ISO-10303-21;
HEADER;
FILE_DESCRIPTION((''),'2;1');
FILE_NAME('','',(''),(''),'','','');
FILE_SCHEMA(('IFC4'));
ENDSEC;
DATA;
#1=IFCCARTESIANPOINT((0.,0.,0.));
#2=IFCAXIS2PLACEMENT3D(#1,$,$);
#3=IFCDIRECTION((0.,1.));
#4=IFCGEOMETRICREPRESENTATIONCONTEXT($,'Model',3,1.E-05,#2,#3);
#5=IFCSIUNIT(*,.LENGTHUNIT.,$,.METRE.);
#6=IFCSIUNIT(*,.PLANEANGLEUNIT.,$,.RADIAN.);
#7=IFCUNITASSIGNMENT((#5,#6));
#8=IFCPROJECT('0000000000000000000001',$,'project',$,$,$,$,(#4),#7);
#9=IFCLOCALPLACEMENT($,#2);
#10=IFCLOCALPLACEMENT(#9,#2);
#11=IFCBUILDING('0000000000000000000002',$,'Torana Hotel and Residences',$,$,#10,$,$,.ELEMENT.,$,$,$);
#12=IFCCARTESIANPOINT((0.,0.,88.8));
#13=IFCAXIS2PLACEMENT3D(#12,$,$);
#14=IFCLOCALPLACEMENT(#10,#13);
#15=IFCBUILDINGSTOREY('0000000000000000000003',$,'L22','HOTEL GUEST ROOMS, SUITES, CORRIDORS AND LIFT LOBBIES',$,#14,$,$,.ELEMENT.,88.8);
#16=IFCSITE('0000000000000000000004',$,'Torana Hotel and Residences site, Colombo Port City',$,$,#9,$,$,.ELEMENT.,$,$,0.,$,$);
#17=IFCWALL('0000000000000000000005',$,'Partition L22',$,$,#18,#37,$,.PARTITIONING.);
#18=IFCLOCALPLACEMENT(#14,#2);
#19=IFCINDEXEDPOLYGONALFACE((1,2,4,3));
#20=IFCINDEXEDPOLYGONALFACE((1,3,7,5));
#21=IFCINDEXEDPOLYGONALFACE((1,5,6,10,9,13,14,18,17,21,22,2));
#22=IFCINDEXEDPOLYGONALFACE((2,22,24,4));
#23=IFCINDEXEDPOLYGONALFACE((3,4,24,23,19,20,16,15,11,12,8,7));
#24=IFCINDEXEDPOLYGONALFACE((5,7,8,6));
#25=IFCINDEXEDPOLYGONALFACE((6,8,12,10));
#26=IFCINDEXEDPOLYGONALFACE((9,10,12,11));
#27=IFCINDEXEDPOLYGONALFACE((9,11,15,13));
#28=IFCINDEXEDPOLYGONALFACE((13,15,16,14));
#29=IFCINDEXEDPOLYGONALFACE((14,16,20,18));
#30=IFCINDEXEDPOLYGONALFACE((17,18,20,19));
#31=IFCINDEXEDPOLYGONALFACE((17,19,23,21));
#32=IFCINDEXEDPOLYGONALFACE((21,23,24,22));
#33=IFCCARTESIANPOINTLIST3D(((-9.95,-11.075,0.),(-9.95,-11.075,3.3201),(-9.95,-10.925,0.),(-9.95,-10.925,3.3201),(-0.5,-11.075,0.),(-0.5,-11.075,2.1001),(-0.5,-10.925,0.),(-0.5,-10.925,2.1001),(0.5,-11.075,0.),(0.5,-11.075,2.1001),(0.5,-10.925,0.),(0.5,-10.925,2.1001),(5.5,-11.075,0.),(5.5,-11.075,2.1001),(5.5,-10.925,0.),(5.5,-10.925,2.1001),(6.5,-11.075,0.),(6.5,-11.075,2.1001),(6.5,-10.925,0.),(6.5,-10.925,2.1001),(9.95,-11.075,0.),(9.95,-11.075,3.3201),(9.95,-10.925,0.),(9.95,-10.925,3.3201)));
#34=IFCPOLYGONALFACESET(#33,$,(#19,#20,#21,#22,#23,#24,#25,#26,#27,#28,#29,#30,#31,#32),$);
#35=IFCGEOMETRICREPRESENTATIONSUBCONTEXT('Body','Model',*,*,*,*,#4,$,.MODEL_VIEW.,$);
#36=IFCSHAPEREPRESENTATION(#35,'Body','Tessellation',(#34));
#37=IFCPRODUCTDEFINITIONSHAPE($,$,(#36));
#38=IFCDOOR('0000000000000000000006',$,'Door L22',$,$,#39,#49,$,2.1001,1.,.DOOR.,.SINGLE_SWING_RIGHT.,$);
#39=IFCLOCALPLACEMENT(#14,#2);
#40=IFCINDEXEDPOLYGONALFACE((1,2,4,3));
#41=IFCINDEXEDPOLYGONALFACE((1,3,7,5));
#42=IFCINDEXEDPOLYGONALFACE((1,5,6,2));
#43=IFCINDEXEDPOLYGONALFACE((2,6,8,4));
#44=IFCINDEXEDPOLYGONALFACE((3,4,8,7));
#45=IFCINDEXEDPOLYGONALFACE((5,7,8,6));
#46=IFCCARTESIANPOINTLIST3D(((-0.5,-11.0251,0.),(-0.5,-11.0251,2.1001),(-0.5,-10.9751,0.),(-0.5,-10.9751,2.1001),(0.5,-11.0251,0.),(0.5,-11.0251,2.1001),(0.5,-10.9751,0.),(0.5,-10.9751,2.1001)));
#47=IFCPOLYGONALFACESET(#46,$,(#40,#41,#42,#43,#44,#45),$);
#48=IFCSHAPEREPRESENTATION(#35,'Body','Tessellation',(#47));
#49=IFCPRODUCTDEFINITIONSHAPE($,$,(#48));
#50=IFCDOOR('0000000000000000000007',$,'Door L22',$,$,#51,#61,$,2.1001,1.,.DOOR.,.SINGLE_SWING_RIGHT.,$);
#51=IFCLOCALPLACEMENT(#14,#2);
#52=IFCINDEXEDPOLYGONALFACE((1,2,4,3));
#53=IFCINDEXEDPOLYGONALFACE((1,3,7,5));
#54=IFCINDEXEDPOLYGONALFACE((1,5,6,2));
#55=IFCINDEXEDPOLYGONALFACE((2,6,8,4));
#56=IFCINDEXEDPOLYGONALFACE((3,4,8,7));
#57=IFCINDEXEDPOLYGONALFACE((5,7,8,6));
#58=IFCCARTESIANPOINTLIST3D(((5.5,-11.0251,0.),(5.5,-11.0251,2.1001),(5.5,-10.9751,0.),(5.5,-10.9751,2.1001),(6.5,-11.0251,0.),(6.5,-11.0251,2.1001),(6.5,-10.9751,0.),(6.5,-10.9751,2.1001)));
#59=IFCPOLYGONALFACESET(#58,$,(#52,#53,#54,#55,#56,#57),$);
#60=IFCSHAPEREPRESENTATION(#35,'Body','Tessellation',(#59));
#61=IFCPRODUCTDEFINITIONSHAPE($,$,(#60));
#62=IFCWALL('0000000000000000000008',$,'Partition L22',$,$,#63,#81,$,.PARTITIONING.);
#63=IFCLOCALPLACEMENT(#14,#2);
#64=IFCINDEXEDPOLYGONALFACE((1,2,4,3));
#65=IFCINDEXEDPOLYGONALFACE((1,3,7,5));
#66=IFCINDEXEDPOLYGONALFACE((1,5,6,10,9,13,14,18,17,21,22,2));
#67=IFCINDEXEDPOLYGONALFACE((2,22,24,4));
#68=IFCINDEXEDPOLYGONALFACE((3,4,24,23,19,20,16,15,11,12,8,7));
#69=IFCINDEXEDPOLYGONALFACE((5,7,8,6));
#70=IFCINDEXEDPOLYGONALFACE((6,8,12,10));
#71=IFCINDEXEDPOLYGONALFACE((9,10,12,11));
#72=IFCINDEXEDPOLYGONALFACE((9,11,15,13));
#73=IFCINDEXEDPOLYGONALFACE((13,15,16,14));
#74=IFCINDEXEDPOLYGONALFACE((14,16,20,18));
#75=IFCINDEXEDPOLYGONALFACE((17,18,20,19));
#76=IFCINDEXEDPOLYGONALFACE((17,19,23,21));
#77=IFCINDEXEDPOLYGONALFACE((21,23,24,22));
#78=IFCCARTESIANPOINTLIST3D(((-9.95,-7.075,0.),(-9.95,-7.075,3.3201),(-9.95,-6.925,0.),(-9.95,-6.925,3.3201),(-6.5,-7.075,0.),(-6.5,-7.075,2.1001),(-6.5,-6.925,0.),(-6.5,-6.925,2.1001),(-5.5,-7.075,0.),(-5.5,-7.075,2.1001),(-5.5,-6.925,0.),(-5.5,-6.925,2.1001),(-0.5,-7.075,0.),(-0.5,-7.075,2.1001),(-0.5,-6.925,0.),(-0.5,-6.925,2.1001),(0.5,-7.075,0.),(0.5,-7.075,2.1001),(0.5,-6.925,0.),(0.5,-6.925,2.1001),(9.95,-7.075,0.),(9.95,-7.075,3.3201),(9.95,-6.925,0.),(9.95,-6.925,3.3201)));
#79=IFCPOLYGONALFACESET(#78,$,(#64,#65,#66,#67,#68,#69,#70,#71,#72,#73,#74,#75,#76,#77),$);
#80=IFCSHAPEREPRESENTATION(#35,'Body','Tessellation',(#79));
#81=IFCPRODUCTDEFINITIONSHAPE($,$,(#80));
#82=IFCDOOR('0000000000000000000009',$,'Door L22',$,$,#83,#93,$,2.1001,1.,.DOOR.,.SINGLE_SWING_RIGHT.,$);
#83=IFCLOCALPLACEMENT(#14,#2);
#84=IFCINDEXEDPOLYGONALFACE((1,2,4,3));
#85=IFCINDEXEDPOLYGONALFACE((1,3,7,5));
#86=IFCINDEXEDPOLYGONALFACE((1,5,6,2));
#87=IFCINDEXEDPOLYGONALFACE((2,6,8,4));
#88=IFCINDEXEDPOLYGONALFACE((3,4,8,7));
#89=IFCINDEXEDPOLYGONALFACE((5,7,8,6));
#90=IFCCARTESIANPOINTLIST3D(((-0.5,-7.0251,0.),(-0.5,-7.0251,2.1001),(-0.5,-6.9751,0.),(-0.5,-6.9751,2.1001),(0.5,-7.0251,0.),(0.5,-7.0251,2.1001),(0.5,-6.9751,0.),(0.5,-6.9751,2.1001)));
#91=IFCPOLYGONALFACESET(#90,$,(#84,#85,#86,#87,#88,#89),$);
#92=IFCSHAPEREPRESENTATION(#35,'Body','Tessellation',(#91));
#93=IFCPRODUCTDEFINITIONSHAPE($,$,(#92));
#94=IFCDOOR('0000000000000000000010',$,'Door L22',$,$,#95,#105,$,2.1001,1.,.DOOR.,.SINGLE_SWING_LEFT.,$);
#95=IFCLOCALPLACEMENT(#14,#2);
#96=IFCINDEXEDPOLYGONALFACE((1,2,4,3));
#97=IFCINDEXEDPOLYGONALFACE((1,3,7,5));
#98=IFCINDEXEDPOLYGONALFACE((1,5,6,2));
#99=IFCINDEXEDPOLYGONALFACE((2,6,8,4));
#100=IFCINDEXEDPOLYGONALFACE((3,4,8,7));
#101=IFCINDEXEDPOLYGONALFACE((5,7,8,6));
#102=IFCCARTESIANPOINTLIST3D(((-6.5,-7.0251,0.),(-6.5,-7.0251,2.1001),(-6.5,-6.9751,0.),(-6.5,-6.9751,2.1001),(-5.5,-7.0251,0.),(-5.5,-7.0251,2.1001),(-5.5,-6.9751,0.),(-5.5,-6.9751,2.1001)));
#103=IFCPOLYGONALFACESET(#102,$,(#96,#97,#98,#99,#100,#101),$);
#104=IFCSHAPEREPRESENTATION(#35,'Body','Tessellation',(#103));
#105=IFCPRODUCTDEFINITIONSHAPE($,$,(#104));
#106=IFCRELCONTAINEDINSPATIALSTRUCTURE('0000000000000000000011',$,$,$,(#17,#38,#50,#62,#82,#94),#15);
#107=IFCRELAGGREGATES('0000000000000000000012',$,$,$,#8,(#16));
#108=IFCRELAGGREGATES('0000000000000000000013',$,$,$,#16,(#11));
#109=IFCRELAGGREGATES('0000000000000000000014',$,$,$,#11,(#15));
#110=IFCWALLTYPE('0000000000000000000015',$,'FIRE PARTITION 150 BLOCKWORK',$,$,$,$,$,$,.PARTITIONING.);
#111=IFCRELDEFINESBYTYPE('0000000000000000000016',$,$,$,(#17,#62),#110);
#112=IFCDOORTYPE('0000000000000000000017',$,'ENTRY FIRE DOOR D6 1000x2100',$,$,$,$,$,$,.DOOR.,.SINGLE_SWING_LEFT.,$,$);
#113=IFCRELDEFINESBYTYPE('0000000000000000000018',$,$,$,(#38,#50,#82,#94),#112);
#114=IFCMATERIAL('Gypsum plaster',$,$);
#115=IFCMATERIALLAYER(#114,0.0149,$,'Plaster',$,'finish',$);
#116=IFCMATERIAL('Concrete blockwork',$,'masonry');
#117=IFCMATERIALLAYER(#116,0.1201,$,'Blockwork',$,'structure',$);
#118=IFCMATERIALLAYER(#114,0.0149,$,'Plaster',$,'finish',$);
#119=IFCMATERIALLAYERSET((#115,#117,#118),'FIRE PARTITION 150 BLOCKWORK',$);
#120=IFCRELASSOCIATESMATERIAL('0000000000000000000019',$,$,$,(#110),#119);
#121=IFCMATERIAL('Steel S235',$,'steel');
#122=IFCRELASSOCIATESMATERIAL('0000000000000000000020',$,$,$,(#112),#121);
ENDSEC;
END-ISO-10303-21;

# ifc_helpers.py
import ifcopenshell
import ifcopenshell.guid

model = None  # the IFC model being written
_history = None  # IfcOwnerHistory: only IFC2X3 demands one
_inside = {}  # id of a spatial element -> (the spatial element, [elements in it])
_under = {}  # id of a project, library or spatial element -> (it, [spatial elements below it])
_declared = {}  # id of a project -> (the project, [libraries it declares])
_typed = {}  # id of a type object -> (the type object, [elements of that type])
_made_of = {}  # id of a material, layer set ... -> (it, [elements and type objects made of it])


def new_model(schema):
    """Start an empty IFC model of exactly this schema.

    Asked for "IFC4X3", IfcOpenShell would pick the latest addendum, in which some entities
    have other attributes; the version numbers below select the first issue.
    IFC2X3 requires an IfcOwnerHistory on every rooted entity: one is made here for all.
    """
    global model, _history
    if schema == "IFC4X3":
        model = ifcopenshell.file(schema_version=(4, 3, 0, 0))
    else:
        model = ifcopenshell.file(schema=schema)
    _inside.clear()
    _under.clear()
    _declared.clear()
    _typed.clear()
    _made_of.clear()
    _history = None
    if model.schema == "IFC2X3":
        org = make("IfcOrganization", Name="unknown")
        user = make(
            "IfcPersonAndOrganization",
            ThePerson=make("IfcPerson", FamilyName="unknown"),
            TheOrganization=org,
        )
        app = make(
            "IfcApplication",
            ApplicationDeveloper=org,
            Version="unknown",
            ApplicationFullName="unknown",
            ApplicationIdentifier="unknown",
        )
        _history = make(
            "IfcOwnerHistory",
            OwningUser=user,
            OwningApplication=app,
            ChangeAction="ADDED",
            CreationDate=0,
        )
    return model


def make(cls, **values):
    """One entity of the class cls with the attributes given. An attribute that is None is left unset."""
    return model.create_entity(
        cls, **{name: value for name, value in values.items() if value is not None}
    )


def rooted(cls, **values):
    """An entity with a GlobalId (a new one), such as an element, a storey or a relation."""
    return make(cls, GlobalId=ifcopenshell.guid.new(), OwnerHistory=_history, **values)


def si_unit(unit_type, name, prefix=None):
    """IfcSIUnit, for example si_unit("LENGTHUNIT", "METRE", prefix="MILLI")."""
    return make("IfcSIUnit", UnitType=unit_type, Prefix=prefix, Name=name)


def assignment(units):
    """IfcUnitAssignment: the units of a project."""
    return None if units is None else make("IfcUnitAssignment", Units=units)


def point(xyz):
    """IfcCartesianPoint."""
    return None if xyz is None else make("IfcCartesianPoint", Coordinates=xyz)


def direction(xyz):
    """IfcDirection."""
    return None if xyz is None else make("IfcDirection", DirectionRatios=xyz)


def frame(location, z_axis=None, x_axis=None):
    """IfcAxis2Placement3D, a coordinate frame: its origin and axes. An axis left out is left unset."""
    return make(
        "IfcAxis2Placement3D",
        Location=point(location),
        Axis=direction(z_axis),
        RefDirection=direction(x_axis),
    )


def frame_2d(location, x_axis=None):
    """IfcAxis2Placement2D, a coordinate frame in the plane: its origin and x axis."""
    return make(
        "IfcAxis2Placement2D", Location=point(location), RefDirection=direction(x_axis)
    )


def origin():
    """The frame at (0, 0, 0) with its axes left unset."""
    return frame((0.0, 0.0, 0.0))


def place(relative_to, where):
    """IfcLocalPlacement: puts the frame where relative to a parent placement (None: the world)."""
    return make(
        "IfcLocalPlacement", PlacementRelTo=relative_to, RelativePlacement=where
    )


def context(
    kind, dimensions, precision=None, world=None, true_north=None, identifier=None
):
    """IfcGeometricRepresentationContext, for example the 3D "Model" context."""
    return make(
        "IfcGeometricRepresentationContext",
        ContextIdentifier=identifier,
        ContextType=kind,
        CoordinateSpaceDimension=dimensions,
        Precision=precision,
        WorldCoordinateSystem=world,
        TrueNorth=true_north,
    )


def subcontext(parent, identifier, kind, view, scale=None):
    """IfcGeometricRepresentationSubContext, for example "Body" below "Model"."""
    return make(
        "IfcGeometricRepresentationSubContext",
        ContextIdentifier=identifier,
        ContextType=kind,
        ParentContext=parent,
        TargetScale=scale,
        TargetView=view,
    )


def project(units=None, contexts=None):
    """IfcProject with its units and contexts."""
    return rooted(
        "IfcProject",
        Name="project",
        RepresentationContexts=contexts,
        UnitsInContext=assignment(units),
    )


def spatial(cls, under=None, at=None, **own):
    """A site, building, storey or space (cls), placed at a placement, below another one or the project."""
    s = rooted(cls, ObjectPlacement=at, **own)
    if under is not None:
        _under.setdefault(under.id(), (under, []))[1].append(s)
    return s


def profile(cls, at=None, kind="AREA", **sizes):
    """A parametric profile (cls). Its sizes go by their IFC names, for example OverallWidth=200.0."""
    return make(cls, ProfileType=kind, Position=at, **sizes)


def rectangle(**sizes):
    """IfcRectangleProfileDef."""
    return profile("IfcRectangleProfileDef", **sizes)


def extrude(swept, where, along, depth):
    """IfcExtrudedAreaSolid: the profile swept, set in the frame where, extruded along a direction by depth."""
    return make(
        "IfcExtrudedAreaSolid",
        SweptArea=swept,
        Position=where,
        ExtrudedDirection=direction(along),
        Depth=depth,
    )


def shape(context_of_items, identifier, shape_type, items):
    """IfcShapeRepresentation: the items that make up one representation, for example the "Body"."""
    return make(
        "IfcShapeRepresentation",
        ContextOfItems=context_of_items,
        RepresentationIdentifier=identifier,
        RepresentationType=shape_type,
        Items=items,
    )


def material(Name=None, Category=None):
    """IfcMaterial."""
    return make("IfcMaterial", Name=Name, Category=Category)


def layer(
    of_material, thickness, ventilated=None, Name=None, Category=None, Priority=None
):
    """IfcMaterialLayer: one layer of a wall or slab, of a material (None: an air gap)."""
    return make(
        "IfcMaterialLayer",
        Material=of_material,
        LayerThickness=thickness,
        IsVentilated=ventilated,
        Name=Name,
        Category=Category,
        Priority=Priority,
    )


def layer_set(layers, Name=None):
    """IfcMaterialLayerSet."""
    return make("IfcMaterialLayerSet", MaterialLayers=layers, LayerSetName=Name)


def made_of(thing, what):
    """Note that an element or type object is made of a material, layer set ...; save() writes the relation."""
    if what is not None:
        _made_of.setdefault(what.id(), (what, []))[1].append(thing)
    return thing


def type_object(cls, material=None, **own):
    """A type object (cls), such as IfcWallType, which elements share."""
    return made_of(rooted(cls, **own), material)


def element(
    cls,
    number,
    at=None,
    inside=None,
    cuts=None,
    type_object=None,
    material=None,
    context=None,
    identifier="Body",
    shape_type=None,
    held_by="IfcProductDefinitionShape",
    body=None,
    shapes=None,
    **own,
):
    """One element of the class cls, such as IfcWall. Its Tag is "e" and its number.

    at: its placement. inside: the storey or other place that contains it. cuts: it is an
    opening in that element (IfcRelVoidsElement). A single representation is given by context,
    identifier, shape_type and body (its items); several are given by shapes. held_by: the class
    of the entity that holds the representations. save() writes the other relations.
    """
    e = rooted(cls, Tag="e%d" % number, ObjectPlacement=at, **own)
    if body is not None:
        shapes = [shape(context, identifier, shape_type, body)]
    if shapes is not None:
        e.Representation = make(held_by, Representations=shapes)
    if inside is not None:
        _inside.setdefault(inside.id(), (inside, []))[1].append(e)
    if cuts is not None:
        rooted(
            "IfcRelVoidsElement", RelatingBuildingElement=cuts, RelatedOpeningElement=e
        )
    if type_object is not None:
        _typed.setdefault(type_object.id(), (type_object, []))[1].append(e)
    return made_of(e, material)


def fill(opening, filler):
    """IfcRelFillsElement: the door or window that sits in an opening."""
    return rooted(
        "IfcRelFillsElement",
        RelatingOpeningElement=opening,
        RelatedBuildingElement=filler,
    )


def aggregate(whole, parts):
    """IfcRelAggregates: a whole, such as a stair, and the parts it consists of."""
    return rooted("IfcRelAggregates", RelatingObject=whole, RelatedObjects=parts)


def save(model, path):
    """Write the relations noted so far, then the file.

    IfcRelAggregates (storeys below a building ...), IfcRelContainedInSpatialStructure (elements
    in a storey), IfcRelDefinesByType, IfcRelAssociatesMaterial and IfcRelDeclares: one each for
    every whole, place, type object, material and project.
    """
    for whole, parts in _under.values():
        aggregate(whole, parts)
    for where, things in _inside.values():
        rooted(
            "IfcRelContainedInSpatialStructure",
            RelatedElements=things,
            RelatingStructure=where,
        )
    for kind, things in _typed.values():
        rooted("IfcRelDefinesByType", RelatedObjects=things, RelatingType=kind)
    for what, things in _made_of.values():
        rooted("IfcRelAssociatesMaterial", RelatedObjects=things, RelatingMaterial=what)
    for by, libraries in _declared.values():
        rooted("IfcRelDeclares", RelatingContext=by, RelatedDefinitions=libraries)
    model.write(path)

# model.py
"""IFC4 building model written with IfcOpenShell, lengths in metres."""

from ifc_helpers import new_model, si_unit, direction, frame, frame_2d, origin, place, context, subcontext, project, spatial, rectangle, extrude, material, layer, layer_set, type_object, element, fill, save


model = new_model("IFC4")

# Units and contexts
model_context = context("Model", 3, precision=1e-05, world=origin(), true_north=direction((0.0, 1.0)))
body_context = subcontext(model_context, "Body", "Model", "MODEL_VIEW")
ifc_project = project(units=[si_unit("LENGTHUNIT", "METRE"), si_unit("PLANEANGLEUNIT", "RADIAN")], contexts=[model_context])

# Site, building, storey
site_placement = place(None, origin())
site = spatial("IfcSite", under=ifc_project, at=site_placement, Name="Torana Hotel and Residences site, Colombo Port City", CompositionType="ELEMENT", RefElevation=0.0)
building_placement = place(site_placement, origin())
building = spatial("IfcBuilding", under=site, at=building_placement, Name="Torana Hotel and Residences", CompositionType="ELEMENT")
storey_placement = place(building_placement, frame((0.0, 0.0, 88.8)))
storey = spatial("IfcBuildingStorey", under=building, at=storey_placement, Name="L22", Description="HOTEL GUEST ROOMS, SUITES, CORRIDORS AND LIFT LOBBIES", CompositionType="ELEMENT", Elevation=88.8)

# Shared definitions
ifc_material_1 = material(Name="Gypsum plaster")
ifc_layer_1 = layer(ifc_material_1, 0.0149, Name="Plaster", Category="finish")
ifc_material_2 = material(Name="Concrete blockwork", Category="masonry")
ifc_layer_2 = layer(ifc_material_2, 0.1201, Name="Blockwork", Category="structure")
ifc_layer_3 = layer(ifc_material_1, 0.0149, Name="Plaster", Category="finish")
ifc_layer_set_1 = layer_set([ifc_layer_1, ifc_layer_2, ifc_layer_3], Name="FIRE PARTITION 150 BLOCKWORK")
wall_type_1 = type_object("IfcWallType", Name="FIRE PARTITION 150 BLOCKWORK", PredefinedType="PARTITIONING", material=ifc_layer_set_1)

# Walls, openings, doors
wall_1_placement = place(storey_placement, frame((-9.95, -11.0, 0.0), z_axis=(0.0, 0.0, 1.0), x_axis=(1.0, 0.0, 0.0)))
wall_1 = element("IfcWall", 1, at=wall_1_placement, inside=storey, type_object=wall_type_1, Name="Partition L22", PredefinedType="PARTITIONING", context=body_context, shape_type="SweptSolid", body=[
    extrude(rectangle(XDim=19.8999, YDim=0.1499, at=frame_2d((9.95, 0.0))), origin(), (0.0, 0.0, 1.0), 3.3201),
])
opening_1_placement = place(wall_1_placement, frame((9.45, 0.0, 0.0)))
opening_1 = element("IfcOpeningElement", 2, at=opening_1_placement, cuts=wall_1, PredefinedType="OPENING", context=body_context, shape_type="SweptSolid", body=[
    extrude(rectangle(XDim=1.0, YDim=2.1001, at=frame_2d((0.5, 1.05))), frame((0.0, 0.085, 0.0), z_axis=(0.0, -1.0, 0.0), x_axis=(1.0, 0.0, 0.0)), (0.0, 0.0, 1.0), 0.1699),
])
opening_2_placement = place(wall_1_placement, frame((15.45, 0.0, 0.0)))
opening_2 = element("IfcOpeningElement", 3, at=opening_2_placement, cuts=wall_1, PredefinedType="OPENING", context=body_context, shape_type="SweptSolid", body=[
    extrude(rectangle(XDim=1.0, YDim=2.1001, at=frame_2d((0.5, 1.05))), frame((0.0, 0.085, 0.0), z_axis=(0.0, -1.0, 0.0), x_axis=(1.0, 0.0, 0.0)), (0.0, 0.0, 1.0), 0.1699),
])
ifc_material_3 = material(Name="Steel S235", Category="steel")
door_type = type_object("IfcDoorType", Name="ENTRY FIRE DOOR D6 1000x2100", OperationType="SINGLE_SWING_LEFT", PredefinedType="DOOR", material=ifc_material_3)
door_1_placement = place(opening_1_placement, origin())
door_1 = element("IfcDoor", 4, at=door_1_placement, inside=storey, type_object=door_type, Name="Door L22", OperationType="SINGLE_SWING_RIGHT", OverallHeight=2.1001, OverallWidth=1.0, PredefinedType="DOOR", context=body_context, shape_type="SweptSolid", body=[
    extrude(rectangle(XDim=1.0, YDim=2.1001, at=frame_2d((0.5, 1.05))), frame((0.0, 0.0249, 0.0), z_axis=(0.0, -1.0, 0.0), x_axis=(1.0, 0.0, 0.0)), (0.0, 0.0, 1.0), 0.05),
])
fill(opening_1, door_1)
door_2_placement = place(opening_2_placement, origin())
door_2 = element("IfcDoor", 5, at=door_2_placement, inside=storey, type_object=door_type, Name="Door L22", OperationType="SINGLE_SWING_RIGHT", OverallHeight=2.1001, OverallWidth=1.0, PredefinedType="DOOR", context=body_context, shape_type="SweptSolid", body=[
    extrude(rectangle(XDim=1.0, YDim=2.1001, at=frame_2d((0.5, 1.05))), frame((0.0, 0.0249, 0.0), z_axis=(0.0, -1.0, 0.0), x_axis=(1.0, 0.0, 0.0)), (0.0, 0.0, 1.0), 0.05),
])
fill(opening_2, door_2)
wall_2_placement = place(storey_placement, frame((-9.95, -7.0, 0.0), z_axis=(0.0, 0.0, 1.0), x_axis=(1.0, 0.0, 0.0)))
wall_2 = element("IfcWall", 6, at=wall_2_placement, inside=storey, type_object=wall_type_1, Name="Partition L22", PredefinedType="PARTITIONING", context=body_context, shape_type="SweptSolid", body=[
    extrude(rectangle(XDim=19.8999, YDim=0.1499, at=frame_2d((9.95, 0.0))), origin(), (0.0, 0.0, 1.0), 3.3201),
])
opening_3_placement = place(wall_2_placement, frame((9.45, 0.0, 0.0)))
opening_3 = element("IfcOpeningElement", 7, at=opening_3_placement, cuts=wall_2, PredefinedType="OPENING", context=body_context, shape_type="SweptSolid", body=[
    extrude(rectangle(XDim=1.0, YDim=2.1001, at=frame_2d((0.5, 1.05))), frame((0.0, 0.085, 0.0), z_axis=(0.0, -1.0, 0.0), x_axis=(1.0, 0.0, 0.0)), (0.0, 0.0, 1.0), 0.1699),
])
opening_4_placement = place(wall_2_placement, frame((3.45, 0.0, 0.0)))
opening_4 = element("IfcOpeningElement", 8, at=opening_4_placement, cuts=wall_2, PredefinedType="OPENING", context=body_context, shape_type="SweptSolid", body=[
    extrude(rectangle(XDim=1.0, YDim=2.1001, at=frame_2d((0.5, 1.05))), frame((0.0, 0.085, 0.0), z_axis=(0.0, -1.0, 0.0), x_axis=(1.0, 0.0, 0.0)), (0.0, 0.0, 1.0), 0.1699),
])
door_3_placement = place(opening_3_placement, origin())
door_3 = element("IfcDoor", 9, at=door_3_placement, inside=storey, type_object=door_type, Name="Door L22", OperationType="SINGLE_SWING_RIGHT", OverallHeight=2.1001, OverallWidth=1.0, PredefinedType="DOOR", context=body_context, shape_type="SweptSolid", body=[
    extrude(rectangle(XDim=1.0, YDim=2.1001, at=frame_2d((0.5, 1.05))), frame((0.0, 0.0249, 0.0), z_axis=(0.0, -1.0, 0.0), x_axis=(1.0, 0.0, 0.0)), (0.0, 0.0, 1.0), 0.05),
])
fill(opening_3, door_3)
door_4_placement = place(opening_4_placement, frame((0.5, 0.0, 0.0), z_axis=(0.0, 0.0, 1.0), x_axis=(-1.0, 0.0, 0.0)))
door_4 = element("IfcDoor", 10, at=door_4_placement, inside=storey, type_object=door_type, Name="Door L22", OperationType="SINGLE_SWING_LEFT", OverallHeight=2.1001, OverallWidth=1.0, PredefinedType="DOOR", context=body_context, shape_type="SweptSolid", body=[
    extrude(rectangle(XDim=1.0, YDim=2.1001, at=frame_2d((0.0, 1.05))), frame((0.0, -0.0249, 0.0), z_axis=(0.0, 1.0, 0.0), x_axis=(-1.0, 0.0, 0.0)), (0.0, 0.0, 1.0), 0.05),
])
fill(opening_4, door_4)

save(model, "model.ifc")
